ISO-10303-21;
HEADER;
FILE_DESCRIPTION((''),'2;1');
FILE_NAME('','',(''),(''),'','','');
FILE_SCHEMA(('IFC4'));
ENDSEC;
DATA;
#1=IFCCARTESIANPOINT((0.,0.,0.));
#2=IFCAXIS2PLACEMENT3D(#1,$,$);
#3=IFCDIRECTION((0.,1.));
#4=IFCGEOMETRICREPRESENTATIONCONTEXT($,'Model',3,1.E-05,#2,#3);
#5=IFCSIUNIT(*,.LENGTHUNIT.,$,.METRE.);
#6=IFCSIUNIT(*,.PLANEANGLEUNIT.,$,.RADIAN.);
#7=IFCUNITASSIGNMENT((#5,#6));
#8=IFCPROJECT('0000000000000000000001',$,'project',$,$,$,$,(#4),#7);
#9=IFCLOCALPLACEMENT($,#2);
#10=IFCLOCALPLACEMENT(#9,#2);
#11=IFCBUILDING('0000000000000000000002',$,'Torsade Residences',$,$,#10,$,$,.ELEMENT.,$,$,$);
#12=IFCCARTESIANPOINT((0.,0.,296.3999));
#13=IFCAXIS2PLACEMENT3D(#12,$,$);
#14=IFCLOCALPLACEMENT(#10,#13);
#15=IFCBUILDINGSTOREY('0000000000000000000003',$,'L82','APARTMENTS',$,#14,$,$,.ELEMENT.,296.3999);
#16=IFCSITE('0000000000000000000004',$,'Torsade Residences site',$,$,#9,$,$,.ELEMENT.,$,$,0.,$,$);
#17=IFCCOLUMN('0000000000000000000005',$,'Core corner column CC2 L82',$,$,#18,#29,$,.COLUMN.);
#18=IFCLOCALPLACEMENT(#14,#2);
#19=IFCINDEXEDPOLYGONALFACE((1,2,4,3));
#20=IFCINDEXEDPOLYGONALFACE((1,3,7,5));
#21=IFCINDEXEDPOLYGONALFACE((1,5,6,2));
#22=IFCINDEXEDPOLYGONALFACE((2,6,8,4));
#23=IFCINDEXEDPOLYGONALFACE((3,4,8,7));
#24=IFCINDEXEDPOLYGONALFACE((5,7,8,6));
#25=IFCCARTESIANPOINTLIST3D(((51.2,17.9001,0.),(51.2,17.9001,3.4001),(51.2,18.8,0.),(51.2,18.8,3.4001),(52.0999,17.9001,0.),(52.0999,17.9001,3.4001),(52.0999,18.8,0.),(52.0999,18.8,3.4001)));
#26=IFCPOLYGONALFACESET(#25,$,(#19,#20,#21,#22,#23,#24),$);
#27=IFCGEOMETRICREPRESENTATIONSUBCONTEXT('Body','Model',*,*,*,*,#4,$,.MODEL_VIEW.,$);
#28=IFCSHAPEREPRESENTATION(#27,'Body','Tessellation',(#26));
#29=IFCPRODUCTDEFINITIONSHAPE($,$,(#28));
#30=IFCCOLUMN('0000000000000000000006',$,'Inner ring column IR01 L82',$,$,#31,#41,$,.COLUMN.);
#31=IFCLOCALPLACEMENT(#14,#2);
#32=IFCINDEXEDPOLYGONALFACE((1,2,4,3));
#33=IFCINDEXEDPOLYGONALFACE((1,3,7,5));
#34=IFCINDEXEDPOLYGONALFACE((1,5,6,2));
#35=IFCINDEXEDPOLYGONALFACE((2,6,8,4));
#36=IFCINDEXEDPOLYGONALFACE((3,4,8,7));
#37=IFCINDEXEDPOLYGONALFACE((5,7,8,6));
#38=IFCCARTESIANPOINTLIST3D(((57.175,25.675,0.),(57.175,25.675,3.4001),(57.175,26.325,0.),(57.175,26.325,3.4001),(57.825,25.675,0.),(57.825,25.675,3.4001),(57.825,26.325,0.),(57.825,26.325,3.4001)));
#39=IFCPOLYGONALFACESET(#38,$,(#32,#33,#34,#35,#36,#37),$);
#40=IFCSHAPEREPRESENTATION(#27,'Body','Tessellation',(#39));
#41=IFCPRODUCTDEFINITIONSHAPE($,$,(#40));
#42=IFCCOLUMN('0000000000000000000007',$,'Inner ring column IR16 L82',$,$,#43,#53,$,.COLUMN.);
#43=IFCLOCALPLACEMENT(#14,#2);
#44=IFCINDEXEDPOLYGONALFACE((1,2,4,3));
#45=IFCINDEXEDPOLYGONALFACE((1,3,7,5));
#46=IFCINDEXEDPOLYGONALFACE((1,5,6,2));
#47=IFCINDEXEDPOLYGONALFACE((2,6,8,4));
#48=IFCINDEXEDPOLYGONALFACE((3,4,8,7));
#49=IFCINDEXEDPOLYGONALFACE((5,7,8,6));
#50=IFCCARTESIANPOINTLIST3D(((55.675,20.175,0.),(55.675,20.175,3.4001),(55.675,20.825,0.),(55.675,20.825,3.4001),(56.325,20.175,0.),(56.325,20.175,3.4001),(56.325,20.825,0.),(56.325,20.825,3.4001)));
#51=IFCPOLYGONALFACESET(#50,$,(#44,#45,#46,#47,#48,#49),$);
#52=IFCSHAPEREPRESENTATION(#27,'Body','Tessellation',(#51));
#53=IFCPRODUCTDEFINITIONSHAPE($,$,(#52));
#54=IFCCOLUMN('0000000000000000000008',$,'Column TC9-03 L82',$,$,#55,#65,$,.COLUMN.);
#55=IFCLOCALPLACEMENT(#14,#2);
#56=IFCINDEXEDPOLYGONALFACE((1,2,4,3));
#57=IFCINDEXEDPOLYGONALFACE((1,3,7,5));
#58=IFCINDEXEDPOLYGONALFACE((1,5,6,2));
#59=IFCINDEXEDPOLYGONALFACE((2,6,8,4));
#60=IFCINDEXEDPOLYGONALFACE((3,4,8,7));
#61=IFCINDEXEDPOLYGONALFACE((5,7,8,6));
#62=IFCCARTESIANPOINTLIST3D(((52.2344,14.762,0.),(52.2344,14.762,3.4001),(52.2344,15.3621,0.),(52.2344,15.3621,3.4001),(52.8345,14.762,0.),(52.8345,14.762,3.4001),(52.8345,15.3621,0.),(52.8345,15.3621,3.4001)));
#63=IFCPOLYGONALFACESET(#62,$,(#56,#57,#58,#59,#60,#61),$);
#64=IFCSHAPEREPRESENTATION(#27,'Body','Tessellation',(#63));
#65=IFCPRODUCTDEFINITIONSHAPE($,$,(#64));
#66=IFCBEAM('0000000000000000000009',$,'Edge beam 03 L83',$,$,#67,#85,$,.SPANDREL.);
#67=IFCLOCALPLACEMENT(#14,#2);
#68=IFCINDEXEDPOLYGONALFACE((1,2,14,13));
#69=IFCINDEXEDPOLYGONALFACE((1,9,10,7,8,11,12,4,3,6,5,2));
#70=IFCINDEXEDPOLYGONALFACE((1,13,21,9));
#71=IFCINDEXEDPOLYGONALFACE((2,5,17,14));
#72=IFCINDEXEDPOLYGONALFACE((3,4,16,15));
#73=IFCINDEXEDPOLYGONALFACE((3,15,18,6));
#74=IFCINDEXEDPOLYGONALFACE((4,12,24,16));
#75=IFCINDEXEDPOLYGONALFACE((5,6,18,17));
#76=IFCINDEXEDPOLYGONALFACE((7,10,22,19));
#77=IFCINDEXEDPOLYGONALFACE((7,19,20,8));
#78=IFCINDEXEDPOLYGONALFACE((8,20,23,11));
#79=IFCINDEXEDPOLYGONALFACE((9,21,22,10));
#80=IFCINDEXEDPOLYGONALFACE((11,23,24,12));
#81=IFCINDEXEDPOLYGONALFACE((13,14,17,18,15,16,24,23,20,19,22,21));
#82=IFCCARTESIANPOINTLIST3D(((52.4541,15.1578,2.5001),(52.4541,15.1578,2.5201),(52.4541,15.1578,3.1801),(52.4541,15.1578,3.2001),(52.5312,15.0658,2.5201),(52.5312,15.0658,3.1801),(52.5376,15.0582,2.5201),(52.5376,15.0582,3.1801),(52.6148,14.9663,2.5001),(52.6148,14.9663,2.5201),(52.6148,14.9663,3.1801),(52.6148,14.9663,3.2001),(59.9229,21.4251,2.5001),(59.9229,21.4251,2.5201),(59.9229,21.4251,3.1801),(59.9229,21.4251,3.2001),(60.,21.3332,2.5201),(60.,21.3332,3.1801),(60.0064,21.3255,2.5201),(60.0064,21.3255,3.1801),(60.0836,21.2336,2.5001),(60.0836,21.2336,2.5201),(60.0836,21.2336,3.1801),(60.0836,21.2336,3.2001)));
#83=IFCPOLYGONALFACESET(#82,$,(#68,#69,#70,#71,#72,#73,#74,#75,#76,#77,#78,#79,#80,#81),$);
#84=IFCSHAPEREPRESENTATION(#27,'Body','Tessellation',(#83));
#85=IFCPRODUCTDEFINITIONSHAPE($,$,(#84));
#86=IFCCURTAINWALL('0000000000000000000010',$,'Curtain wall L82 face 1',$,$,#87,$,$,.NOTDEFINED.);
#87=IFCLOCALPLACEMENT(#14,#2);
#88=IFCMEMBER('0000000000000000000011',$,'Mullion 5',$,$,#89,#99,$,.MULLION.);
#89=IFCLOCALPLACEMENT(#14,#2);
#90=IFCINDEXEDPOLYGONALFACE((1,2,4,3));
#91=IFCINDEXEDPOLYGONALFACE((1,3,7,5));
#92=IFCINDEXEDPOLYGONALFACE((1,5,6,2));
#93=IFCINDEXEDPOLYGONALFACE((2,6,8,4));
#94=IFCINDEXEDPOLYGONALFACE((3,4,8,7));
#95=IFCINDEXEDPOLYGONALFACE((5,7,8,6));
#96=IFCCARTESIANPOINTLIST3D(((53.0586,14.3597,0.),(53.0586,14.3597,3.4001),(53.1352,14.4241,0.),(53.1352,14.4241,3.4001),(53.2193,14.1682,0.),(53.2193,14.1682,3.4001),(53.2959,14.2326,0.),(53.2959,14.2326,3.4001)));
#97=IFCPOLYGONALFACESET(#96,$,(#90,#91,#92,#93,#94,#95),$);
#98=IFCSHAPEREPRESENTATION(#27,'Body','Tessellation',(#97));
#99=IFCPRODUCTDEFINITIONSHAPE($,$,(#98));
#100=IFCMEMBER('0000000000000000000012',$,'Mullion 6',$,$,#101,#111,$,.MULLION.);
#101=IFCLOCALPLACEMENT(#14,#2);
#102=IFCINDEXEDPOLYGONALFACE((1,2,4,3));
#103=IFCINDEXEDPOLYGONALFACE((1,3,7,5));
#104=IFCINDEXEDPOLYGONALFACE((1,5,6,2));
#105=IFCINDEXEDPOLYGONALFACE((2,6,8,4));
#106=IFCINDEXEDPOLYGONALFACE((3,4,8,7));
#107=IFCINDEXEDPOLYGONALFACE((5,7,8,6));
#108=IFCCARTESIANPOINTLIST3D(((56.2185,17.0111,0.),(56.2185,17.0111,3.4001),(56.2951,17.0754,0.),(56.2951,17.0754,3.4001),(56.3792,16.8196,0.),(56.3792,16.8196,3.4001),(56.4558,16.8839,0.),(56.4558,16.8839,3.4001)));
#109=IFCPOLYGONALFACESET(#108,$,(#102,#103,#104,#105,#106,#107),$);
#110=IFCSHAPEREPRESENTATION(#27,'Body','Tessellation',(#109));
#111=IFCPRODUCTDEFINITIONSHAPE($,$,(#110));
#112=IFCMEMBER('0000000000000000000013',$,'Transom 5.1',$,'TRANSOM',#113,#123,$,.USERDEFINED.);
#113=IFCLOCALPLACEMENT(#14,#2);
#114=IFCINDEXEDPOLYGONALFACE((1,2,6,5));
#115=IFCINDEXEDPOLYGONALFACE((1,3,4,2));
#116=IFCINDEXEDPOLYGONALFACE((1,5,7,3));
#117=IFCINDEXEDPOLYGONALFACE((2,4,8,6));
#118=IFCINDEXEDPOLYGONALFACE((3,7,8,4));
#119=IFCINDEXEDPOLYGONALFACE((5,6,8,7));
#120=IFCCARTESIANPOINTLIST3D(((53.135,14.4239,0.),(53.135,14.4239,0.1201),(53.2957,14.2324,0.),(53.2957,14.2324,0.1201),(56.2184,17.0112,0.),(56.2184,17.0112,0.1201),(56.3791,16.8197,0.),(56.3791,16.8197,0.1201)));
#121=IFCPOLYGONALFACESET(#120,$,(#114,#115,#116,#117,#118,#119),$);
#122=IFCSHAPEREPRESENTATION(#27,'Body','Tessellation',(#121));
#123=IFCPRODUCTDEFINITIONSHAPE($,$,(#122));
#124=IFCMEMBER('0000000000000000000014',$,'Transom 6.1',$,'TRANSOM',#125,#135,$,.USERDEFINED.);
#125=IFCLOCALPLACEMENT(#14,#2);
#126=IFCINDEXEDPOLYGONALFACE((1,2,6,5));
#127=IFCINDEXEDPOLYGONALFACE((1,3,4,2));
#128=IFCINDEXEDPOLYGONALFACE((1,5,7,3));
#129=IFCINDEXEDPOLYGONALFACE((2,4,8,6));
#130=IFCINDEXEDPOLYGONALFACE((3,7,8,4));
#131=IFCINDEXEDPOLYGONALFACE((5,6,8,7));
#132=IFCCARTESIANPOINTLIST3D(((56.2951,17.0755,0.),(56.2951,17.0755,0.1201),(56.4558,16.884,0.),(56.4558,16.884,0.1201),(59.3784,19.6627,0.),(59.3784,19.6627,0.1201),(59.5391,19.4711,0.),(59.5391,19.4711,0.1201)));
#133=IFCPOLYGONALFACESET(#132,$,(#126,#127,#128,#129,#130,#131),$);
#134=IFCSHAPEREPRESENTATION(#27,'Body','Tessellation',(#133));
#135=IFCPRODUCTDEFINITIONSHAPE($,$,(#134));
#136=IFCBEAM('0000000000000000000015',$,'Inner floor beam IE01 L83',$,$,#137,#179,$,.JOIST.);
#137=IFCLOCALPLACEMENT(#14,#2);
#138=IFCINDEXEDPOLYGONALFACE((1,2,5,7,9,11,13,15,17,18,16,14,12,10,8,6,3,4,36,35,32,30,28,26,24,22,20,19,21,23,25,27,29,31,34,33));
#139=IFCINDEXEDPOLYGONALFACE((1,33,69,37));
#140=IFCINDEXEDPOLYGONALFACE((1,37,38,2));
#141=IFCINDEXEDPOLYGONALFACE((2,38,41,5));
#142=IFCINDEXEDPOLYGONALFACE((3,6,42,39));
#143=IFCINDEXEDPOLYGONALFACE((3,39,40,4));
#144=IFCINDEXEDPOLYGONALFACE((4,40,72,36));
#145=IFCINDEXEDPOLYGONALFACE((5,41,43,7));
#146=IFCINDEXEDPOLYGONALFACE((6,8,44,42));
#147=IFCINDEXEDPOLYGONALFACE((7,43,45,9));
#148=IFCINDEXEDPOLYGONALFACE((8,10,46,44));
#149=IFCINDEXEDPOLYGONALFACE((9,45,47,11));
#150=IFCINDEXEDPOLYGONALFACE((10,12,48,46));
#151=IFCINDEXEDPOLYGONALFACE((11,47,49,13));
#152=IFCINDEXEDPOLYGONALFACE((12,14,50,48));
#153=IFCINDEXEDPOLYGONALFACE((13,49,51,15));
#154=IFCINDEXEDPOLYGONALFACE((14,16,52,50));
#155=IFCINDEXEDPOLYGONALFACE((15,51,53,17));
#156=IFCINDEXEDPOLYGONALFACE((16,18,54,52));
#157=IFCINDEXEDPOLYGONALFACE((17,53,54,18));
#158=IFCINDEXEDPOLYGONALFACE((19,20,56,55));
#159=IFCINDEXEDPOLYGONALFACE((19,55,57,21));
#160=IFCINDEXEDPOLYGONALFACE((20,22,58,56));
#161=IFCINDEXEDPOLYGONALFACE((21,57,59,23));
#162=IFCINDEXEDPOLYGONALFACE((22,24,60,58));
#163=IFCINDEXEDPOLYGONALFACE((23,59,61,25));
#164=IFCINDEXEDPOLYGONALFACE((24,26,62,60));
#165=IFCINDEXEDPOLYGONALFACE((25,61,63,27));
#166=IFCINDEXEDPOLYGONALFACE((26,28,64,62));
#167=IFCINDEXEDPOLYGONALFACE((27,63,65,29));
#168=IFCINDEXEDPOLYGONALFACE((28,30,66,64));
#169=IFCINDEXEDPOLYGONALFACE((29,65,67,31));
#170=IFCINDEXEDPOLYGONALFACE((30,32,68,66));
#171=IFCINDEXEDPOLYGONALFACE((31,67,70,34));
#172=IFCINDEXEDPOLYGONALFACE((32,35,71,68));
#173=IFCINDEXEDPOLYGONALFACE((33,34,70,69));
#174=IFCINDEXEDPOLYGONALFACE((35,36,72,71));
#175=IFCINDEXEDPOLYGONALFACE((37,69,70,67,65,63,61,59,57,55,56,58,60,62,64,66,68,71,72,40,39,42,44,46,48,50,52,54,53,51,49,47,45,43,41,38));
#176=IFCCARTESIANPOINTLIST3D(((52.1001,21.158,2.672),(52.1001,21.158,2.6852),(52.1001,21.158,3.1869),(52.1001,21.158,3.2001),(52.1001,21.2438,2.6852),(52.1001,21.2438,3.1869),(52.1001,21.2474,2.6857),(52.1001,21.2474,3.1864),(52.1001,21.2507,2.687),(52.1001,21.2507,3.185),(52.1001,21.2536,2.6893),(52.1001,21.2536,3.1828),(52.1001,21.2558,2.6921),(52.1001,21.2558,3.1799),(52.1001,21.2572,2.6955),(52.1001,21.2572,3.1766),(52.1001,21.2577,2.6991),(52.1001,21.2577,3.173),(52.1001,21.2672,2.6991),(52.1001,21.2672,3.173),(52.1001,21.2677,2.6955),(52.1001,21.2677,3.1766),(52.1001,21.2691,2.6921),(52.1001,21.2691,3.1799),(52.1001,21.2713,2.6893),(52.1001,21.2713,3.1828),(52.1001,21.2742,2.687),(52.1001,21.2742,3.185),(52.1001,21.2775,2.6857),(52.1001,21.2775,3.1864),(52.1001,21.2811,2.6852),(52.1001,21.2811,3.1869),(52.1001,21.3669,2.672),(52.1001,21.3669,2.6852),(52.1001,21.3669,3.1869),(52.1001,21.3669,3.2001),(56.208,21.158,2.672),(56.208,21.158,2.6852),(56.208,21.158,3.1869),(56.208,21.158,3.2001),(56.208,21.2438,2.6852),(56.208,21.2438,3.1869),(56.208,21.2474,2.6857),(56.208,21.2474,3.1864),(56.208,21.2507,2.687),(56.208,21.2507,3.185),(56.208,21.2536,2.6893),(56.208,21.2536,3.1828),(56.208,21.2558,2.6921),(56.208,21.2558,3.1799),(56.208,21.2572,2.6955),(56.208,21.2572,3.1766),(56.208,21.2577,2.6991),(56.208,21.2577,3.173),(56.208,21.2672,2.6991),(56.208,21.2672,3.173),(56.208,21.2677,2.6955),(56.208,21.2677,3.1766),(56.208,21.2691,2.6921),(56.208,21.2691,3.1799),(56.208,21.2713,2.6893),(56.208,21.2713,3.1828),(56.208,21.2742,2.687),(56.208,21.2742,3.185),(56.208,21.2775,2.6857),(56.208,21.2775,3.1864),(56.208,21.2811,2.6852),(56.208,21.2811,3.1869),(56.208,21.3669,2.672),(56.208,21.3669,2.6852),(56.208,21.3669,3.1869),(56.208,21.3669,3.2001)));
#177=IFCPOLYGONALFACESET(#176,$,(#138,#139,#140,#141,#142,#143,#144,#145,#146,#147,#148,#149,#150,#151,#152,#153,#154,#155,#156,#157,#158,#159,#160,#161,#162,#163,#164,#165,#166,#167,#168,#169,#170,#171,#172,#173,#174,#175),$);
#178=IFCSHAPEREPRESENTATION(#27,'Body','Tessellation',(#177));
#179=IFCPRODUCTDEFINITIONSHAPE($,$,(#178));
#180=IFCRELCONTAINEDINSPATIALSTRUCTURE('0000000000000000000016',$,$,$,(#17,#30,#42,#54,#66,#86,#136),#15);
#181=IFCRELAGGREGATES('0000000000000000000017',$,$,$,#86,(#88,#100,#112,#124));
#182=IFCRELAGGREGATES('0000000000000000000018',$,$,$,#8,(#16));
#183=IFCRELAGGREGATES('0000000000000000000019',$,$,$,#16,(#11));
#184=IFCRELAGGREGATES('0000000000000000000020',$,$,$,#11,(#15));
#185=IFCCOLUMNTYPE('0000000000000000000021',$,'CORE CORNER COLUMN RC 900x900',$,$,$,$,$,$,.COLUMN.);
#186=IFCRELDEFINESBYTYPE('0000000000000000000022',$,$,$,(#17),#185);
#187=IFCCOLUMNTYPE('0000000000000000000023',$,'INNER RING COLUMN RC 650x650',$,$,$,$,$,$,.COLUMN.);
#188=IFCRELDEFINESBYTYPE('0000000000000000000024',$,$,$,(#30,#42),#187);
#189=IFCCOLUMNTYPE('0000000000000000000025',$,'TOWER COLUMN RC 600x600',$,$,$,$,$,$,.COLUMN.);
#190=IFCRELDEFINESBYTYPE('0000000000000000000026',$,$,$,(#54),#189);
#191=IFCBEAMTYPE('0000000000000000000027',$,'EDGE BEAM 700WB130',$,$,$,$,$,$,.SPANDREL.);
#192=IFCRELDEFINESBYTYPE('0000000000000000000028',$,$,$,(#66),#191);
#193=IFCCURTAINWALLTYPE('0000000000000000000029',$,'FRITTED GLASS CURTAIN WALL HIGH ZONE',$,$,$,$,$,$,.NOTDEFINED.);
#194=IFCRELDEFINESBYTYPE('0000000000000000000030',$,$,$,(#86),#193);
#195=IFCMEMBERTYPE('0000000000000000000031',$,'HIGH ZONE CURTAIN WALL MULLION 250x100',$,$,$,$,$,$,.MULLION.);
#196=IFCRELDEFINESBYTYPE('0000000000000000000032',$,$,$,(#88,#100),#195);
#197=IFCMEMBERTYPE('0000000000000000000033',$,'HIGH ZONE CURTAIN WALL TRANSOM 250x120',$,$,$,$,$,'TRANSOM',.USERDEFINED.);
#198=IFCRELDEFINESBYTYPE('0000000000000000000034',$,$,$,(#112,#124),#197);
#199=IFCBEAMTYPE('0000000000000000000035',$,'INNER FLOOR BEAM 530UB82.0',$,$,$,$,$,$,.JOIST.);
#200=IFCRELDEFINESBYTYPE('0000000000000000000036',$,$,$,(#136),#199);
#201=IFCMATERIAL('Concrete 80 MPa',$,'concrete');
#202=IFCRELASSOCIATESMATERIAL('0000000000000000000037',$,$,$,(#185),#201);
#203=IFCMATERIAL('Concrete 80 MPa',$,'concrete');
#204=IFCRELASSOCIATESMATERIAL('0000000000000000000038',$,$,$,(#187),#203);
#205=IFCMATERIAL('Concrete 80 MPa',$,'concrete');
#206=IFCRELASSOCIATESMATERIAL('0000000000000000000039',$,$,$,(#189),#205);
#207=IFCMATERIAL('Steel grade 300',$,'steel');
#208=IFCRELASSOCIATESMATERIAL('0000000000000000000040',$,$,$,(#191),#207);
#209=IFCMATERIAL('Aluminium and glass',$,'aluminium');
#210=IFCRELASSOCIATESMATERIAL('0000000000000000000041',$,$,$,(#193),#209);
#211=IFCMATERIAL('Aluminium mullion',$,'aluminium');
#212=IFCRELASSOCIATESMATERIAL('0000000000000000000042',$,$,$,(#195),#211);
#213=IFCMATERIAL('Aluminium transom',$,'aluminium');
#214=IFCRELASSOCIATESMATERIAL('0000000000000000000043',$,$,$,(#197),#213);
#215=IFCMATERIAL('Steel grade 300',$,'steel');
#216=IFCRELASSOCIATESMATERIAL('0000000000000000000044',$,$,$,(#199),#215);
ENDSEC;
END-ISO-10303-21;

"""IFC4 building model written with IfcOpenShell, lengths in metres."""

from ifc_helpers import new_model, si_unit, direction, frame, origin, origin_2d, place, context, subcontext, project, spatial, rectangle, i_section, extrude, material, material_profile, profile_set, type_object, element, aggregate, save


model = new_model("IFC4")

# Units and contexts
model_context = context("Model", 3, precision=1e-05, world=origin(), true_north=direction((0.0, 1.0)))
body_context = subcontext(model_context, "Body", "Model", "MODEL_VIEW")
ifc_project = project(units=[si_unit("LENGTHUNIT", "METRE"), si_unit("PLANEANGLEUNIT", "RADIAN")], contexts=[model_context])

# Site, building, storey
site_placement = place(None, origin())
site = spatial("IfcSite", under=ifc_project, at=site_placement, Name="Torsade Residences site", CompositionType="ELEMENT", RefElevation=0.0)
building_placement = place(site_placement, origin())
building = spatial("IfcBuilding", under=site, at=building_placement, Name="Torsade Residences", CompositionType="ELEMENT")
storey_placement = place(building_placement, frame((0.0, 0.0, 296.3999)))
storey = spatial("IfcBuildingStorey", under=building, at=storey_placement, Name="L82", Description="APARTMENTS", CompositionType="ELEMENT", Elevation=296.3999)

# Columns
ifc_material_1 = material(Name="Concrete 80 MPa", Category="concrete")
ifc_material_profile_1 = material_profile(ifc_material_1, rectangle(XDim=0.8999, YDim=0.8999, at=origin_2d()), Name="RC 900x900")
ifc_profile_set_1 = profile_set([ifc_material_profile_1], Name="Concrete 80 MPa")
column_type_1 = type_object("IfcColumnType", Name="CORE CORNER COLUMN RC 900x900", PredefinedType="COLUMN", material=ifc_profile_set_1)
column_1_placement = place(storey_placement, frame((51.6499, 18.3501, 0.0), z_axis=(0.0, 0.0, 1.0), x_axis=(1.0, 0.0, 0.0)))
element("IfcColumn", 1, at=column_1_placement, inside=storey, type_object=column_type_1, Name="Core corner column CC2 L82", PredefinedType="COLUMN", context=body_context, shape_type="SweptSolid", body=[
    extrude(rectangle(XDim=0.8999, YDim=0.8999, at=origin_2d()), origin(), (0.0, 0.0, 1.0), 3.4001),
])
ifc_material_2 = material(Name="Concrete 80 MPa", Category="concrete")
ifc_material_profile_2 = material_profile(ifc_material_2, rectangle(XDim=0.6499, YDim=0.6499, at=origin_2d()), Name="RC 650x650")
ifc_profile_set_2 = profile_set([ifc_material_profile_2], Name="Concrete 80 MPa")
column_type_2 = type_object("IfcColumnType", Name="INNER RING COLUMN RC 650x650", PredefinedType="COLUMN", material=ifc_profile_set_2)
for number, where, z_axis, x_axis, name in (
    (2, (57.5, 26.0, 0.0), (0.0, 0.0, 1.0), (1.0, 0.0, 0.0), "Inner ring column IR01 L82"),
    (3, (56.0, 20.5, 0.0), (0.0, 0.0, 1.0), (1.0, 0.0, 0.0), "Inner ring column IR16 L82"),
):
    element("IfcColumn", number, at=place(storey_placement, frame(where, z_axis=z_axis, x_axis=x_axis)), inside=storey, type_object=column_type_2, Name=name, PredefinedType="COLUMN", context=body_context, shape_type="SweptSolid", body=[
        extrude(rectangle(XDim=0.6499, YDim=0.6499, at=origin_2d()), origin(), (0.0, 0.0, 1.0), 3.4001),
    ])
ifc_material_3 = material(Name="Concrete 80 MPa", Category="concrete")
ifc_material_profile_3 = material_profile(ifc_material_3, rectangle(XDim=0.6001, YDim=0.6001, at=origin_2d()), Name="RC 600x600")
ifc_profile_set_3 = profile_set([ifc_material_profile_3], Name="Concrete 80 MPa")
column_type_3 = type_object("IfcColumnType", Name="TOWER COLUMN RC 600x600", PredefinedType="COLUMN", material=ifc_profile_set_3)
column_2_placement = place(storey_placement, frame((52.5344, 15.062, 0.0), z_axis=(0.0, 0.0, 1.0), x_axis=(1.0, 0.0, 0.0)))
element("IfcColumn", 4, at=column_2_placement, inside=storey, type_object=column_type_3, Name="Column TC9-03 L82", PredefinedType="COLUMN", context=body_context, shape_type="SweptSolid", body=[
    extrude(rectangle(XDim=0.6001, YDim=0.6001, at=origin_2d()), origin(), (0.0, 0.0, 1.0), 3.4001),
])

# Beam
ifc_material_4 = material(Name="Steel grade 300", Category="steel")
ifc_material_profile_4 = material_profile(ifc_material_4, i_section(OverallWidth=0.25, OverallDepth=0.7, WebThickness=0.01, FlangeThickness=0.02, at=origin_2d()), Name="700WB130")
ifc_profile_set_4 = profile_set([ifc_material_profile_4], Name="Steel grade 300")
beam_type_1 = type_object("IfcBeamType", Name="EDGE BEAM 700WB130", PredefinedType="SPANDREL", material=ifc_profile_set_4)
beam_1_placement = place(storey_placement, frame((52.5344, 15.062, 2.8501), z_axis=(0.766029, 0.642806, 0.0), x_axis=(-0.642806, 0.766029, 0.0)))
element("IfcBeam", 5, at=beam_1_placement, inside=storey, type_object=beam_type_1, Name="Edge beam 03 L83", PredefinedType="SPANDREL", context=body_context, shape_type="SweptSolid", body=[
    extrude(i_section(OverallWidth=0.25, OverallDepth=0.7, WebThickness=0.01, FlangeThickness=0.02, at=origin_2d()), origin(), (0.0, 0.0, 1.0), 9.75),
])

# Curtain wall, members
ifc_material_5 = material(Name="Aluminium and glass", Category="aluminium")
curtain_wall_type = type_object("IfcCurtainWallType", Name="FRITTED GLASS CURTAIN WALL HIGH ZONE", PredefinedType="NOTDEFINED", material=ifc_material_5)
curtain_wall_placement = place(storey_placement, origin())
curtain_wall = element("IfcCurtainWall", 6, at=curtain_wall_placement, inside=storey, type_object=curtain_wall_type, Name="Curtain wall L82 face 1", PredefinedType="NOTDEFINED")
ifc_material_6 = material(Name="Aluminium mullion", Category="aluminium")
ifc_material_profile_5 = material_profile(ifc_material_6, rectangle(XDim=0.25, YDim=0.1001, at=origin_2d()), Name="HIGH ZONE CURTAIN WALL MULLION 250x100")
ifc_profile_set_5 = profile_set([ifc_material_profile_5], Name="Aluminium mullion")
member_type_1 = type_object("IfcMemberType", Name="HIGH ZONE CURTAIN WALL MULLION 250x100", PredefinedType="MULLION", material=ifc_profile_set_5)
member_1_placement = place(storey_placement, frame((53.1772, 14.2961, 0.0), z_axis=(0.0, 0.0, 1.0), x_axis=(-0.642788, 0.766044, 0.0)))
member_1 = element("IfcMember", 7, at=member_1_placement, type_object=member_type_1, Name="Mullion 5", PredefinedType="MULLION", context=body_context, shape_type="SweptSolid", body=[
    extrude(rectangle(XDim=0.25, YDim=0.1001, at=origin_2d()), origin(), (0.0, 0.0, 1.0), 3.4001),
])
member_2_placement = place(storey_placement, frame((56.3372, 16.9475, 0.0), z_axis=(0.0, 0.0, 1.0), x_axis=(-0.642788, 0.766044, 0.0)))
member_2 = element("IfcMember", 8, at=member_2_placement, type_object=member_type_1, Name="Mullion 6", PredefinedType="MULLION", context=body_context, shape_type="SweptSolid", body=[
    extrude(rectangle(XDim=0.25, YDim=0.1001, at=origin_2d()), origin(), (0.0, 0.0, 1.0), 3.4001),
])
ifc_material_7 = material(Name="Aluminium transom", Category="aluminium")
ifc_material_profile_6 = material_profile(ifc_material_7, rectangle(XDim=0.25, YDim=0.1201, at=origin_2d()), Name="HIGH ZONE CURTAIN WALL TRANSOM 250x120")
ifc_profile_set_6 = profile_set([ifc_material_profile_6], Name="Aluminium transom")
member_type_2 = type_object("IfcMemberType", Name="HIGH ZONE CURTAIN WALL TRANSOM 250x120", ElementType="TRANSOM", PredefinedType="USERDEFINED", material=ifc_profile_set_6)
member_3_placement = place(storey_placement, frame((53.2153, 14.3281, 0.0601), z_axis=(0.766039, 0.642794, 0.0), x_axis=(-0.642794, 0.766039, 0.0)))
member_3 = element("IfcMember", 9, at=member_3_placement, type_object=member_type_2, Name="Transom 5.1", ObjectType="TRANSOM", PredefinedType="USERDEFINED", context=body_context, shape_type="SweptSolid", body=[
    extrude(rectangle(XDim=0.25, YDim=0.1201, at=origin_2d()), origin(), (0.0, 0.0, 1.0), 4.0251),
])
member_4_placement = place(storey_placement, frame((56.3755, 16.9797, 0.0601), z_axis=(0.766044, 0.642788, 0.0), x_axis=(-0.642788, 0.766044, 0.0)))
member_4 = element("IfcMember", 10, at=member_4_placement, type_object=member_type_2, Name="Transom 6.1", ObjectType="TRANSOM", PredefinedType="USERDEFINED", context=body_context, shape_type="SweptSolid", body=[
    extrude(rectangle(XDim=0.25, YDim=0.1201, at=origin_2d()), origin(), (0.0, 0.0, 1.0), 4.0249),
])

# Beam
ifc_material_8 = material(Name="Steel grade 300", Category="steel")
ifc_material_profile_7 = material_profile(ifc_material_8, i_section(OverallWidth=0.209, OverallDepth=0.5281, WebThickness=0.0095, FlangeThickness=0.0132, FilletRadius=0.0139, at=origin_2d()), Name="530UB82.0")
ifc_profile_set_7 = profile_set([ifc_material_profile_7], Name="Steel grade 300")
beam_type_2 = type_object("IfcBeamType", Name="INNER FLOOR BEAM 530UB82.0", PredefinedType="JOIST", material=ifc_profile_set_7)
beam_2_placement = place(storey_placement, frame((52.1001, 21.2625, 2.936), z_axis=(1.0, 0.0, 0.0), x_axis=(0.0, 1.0, 0.0)))
element("IfcBeam", 11, at=beam_2_placement, inside=storey, type_object=beam_type_2, Name="Inner floor beam IE01 L83", PredefinedType="JOIST", context=body_context, shape_type="SweptSolid", body=[
    extrude(i_section(OverallWidth=0.209, OverallDepth=0.5281, WebThickness=0.0095, FlangeThickness=0.0132, FilletRadius=0.0139, at=origin_2d()), origin(), (0.0, 0.0, 1.0), 4.1079),
])

aggregate(curtain_wall, [member_1, member_2, member_3, member_4])

save(model, "model.ifc")
